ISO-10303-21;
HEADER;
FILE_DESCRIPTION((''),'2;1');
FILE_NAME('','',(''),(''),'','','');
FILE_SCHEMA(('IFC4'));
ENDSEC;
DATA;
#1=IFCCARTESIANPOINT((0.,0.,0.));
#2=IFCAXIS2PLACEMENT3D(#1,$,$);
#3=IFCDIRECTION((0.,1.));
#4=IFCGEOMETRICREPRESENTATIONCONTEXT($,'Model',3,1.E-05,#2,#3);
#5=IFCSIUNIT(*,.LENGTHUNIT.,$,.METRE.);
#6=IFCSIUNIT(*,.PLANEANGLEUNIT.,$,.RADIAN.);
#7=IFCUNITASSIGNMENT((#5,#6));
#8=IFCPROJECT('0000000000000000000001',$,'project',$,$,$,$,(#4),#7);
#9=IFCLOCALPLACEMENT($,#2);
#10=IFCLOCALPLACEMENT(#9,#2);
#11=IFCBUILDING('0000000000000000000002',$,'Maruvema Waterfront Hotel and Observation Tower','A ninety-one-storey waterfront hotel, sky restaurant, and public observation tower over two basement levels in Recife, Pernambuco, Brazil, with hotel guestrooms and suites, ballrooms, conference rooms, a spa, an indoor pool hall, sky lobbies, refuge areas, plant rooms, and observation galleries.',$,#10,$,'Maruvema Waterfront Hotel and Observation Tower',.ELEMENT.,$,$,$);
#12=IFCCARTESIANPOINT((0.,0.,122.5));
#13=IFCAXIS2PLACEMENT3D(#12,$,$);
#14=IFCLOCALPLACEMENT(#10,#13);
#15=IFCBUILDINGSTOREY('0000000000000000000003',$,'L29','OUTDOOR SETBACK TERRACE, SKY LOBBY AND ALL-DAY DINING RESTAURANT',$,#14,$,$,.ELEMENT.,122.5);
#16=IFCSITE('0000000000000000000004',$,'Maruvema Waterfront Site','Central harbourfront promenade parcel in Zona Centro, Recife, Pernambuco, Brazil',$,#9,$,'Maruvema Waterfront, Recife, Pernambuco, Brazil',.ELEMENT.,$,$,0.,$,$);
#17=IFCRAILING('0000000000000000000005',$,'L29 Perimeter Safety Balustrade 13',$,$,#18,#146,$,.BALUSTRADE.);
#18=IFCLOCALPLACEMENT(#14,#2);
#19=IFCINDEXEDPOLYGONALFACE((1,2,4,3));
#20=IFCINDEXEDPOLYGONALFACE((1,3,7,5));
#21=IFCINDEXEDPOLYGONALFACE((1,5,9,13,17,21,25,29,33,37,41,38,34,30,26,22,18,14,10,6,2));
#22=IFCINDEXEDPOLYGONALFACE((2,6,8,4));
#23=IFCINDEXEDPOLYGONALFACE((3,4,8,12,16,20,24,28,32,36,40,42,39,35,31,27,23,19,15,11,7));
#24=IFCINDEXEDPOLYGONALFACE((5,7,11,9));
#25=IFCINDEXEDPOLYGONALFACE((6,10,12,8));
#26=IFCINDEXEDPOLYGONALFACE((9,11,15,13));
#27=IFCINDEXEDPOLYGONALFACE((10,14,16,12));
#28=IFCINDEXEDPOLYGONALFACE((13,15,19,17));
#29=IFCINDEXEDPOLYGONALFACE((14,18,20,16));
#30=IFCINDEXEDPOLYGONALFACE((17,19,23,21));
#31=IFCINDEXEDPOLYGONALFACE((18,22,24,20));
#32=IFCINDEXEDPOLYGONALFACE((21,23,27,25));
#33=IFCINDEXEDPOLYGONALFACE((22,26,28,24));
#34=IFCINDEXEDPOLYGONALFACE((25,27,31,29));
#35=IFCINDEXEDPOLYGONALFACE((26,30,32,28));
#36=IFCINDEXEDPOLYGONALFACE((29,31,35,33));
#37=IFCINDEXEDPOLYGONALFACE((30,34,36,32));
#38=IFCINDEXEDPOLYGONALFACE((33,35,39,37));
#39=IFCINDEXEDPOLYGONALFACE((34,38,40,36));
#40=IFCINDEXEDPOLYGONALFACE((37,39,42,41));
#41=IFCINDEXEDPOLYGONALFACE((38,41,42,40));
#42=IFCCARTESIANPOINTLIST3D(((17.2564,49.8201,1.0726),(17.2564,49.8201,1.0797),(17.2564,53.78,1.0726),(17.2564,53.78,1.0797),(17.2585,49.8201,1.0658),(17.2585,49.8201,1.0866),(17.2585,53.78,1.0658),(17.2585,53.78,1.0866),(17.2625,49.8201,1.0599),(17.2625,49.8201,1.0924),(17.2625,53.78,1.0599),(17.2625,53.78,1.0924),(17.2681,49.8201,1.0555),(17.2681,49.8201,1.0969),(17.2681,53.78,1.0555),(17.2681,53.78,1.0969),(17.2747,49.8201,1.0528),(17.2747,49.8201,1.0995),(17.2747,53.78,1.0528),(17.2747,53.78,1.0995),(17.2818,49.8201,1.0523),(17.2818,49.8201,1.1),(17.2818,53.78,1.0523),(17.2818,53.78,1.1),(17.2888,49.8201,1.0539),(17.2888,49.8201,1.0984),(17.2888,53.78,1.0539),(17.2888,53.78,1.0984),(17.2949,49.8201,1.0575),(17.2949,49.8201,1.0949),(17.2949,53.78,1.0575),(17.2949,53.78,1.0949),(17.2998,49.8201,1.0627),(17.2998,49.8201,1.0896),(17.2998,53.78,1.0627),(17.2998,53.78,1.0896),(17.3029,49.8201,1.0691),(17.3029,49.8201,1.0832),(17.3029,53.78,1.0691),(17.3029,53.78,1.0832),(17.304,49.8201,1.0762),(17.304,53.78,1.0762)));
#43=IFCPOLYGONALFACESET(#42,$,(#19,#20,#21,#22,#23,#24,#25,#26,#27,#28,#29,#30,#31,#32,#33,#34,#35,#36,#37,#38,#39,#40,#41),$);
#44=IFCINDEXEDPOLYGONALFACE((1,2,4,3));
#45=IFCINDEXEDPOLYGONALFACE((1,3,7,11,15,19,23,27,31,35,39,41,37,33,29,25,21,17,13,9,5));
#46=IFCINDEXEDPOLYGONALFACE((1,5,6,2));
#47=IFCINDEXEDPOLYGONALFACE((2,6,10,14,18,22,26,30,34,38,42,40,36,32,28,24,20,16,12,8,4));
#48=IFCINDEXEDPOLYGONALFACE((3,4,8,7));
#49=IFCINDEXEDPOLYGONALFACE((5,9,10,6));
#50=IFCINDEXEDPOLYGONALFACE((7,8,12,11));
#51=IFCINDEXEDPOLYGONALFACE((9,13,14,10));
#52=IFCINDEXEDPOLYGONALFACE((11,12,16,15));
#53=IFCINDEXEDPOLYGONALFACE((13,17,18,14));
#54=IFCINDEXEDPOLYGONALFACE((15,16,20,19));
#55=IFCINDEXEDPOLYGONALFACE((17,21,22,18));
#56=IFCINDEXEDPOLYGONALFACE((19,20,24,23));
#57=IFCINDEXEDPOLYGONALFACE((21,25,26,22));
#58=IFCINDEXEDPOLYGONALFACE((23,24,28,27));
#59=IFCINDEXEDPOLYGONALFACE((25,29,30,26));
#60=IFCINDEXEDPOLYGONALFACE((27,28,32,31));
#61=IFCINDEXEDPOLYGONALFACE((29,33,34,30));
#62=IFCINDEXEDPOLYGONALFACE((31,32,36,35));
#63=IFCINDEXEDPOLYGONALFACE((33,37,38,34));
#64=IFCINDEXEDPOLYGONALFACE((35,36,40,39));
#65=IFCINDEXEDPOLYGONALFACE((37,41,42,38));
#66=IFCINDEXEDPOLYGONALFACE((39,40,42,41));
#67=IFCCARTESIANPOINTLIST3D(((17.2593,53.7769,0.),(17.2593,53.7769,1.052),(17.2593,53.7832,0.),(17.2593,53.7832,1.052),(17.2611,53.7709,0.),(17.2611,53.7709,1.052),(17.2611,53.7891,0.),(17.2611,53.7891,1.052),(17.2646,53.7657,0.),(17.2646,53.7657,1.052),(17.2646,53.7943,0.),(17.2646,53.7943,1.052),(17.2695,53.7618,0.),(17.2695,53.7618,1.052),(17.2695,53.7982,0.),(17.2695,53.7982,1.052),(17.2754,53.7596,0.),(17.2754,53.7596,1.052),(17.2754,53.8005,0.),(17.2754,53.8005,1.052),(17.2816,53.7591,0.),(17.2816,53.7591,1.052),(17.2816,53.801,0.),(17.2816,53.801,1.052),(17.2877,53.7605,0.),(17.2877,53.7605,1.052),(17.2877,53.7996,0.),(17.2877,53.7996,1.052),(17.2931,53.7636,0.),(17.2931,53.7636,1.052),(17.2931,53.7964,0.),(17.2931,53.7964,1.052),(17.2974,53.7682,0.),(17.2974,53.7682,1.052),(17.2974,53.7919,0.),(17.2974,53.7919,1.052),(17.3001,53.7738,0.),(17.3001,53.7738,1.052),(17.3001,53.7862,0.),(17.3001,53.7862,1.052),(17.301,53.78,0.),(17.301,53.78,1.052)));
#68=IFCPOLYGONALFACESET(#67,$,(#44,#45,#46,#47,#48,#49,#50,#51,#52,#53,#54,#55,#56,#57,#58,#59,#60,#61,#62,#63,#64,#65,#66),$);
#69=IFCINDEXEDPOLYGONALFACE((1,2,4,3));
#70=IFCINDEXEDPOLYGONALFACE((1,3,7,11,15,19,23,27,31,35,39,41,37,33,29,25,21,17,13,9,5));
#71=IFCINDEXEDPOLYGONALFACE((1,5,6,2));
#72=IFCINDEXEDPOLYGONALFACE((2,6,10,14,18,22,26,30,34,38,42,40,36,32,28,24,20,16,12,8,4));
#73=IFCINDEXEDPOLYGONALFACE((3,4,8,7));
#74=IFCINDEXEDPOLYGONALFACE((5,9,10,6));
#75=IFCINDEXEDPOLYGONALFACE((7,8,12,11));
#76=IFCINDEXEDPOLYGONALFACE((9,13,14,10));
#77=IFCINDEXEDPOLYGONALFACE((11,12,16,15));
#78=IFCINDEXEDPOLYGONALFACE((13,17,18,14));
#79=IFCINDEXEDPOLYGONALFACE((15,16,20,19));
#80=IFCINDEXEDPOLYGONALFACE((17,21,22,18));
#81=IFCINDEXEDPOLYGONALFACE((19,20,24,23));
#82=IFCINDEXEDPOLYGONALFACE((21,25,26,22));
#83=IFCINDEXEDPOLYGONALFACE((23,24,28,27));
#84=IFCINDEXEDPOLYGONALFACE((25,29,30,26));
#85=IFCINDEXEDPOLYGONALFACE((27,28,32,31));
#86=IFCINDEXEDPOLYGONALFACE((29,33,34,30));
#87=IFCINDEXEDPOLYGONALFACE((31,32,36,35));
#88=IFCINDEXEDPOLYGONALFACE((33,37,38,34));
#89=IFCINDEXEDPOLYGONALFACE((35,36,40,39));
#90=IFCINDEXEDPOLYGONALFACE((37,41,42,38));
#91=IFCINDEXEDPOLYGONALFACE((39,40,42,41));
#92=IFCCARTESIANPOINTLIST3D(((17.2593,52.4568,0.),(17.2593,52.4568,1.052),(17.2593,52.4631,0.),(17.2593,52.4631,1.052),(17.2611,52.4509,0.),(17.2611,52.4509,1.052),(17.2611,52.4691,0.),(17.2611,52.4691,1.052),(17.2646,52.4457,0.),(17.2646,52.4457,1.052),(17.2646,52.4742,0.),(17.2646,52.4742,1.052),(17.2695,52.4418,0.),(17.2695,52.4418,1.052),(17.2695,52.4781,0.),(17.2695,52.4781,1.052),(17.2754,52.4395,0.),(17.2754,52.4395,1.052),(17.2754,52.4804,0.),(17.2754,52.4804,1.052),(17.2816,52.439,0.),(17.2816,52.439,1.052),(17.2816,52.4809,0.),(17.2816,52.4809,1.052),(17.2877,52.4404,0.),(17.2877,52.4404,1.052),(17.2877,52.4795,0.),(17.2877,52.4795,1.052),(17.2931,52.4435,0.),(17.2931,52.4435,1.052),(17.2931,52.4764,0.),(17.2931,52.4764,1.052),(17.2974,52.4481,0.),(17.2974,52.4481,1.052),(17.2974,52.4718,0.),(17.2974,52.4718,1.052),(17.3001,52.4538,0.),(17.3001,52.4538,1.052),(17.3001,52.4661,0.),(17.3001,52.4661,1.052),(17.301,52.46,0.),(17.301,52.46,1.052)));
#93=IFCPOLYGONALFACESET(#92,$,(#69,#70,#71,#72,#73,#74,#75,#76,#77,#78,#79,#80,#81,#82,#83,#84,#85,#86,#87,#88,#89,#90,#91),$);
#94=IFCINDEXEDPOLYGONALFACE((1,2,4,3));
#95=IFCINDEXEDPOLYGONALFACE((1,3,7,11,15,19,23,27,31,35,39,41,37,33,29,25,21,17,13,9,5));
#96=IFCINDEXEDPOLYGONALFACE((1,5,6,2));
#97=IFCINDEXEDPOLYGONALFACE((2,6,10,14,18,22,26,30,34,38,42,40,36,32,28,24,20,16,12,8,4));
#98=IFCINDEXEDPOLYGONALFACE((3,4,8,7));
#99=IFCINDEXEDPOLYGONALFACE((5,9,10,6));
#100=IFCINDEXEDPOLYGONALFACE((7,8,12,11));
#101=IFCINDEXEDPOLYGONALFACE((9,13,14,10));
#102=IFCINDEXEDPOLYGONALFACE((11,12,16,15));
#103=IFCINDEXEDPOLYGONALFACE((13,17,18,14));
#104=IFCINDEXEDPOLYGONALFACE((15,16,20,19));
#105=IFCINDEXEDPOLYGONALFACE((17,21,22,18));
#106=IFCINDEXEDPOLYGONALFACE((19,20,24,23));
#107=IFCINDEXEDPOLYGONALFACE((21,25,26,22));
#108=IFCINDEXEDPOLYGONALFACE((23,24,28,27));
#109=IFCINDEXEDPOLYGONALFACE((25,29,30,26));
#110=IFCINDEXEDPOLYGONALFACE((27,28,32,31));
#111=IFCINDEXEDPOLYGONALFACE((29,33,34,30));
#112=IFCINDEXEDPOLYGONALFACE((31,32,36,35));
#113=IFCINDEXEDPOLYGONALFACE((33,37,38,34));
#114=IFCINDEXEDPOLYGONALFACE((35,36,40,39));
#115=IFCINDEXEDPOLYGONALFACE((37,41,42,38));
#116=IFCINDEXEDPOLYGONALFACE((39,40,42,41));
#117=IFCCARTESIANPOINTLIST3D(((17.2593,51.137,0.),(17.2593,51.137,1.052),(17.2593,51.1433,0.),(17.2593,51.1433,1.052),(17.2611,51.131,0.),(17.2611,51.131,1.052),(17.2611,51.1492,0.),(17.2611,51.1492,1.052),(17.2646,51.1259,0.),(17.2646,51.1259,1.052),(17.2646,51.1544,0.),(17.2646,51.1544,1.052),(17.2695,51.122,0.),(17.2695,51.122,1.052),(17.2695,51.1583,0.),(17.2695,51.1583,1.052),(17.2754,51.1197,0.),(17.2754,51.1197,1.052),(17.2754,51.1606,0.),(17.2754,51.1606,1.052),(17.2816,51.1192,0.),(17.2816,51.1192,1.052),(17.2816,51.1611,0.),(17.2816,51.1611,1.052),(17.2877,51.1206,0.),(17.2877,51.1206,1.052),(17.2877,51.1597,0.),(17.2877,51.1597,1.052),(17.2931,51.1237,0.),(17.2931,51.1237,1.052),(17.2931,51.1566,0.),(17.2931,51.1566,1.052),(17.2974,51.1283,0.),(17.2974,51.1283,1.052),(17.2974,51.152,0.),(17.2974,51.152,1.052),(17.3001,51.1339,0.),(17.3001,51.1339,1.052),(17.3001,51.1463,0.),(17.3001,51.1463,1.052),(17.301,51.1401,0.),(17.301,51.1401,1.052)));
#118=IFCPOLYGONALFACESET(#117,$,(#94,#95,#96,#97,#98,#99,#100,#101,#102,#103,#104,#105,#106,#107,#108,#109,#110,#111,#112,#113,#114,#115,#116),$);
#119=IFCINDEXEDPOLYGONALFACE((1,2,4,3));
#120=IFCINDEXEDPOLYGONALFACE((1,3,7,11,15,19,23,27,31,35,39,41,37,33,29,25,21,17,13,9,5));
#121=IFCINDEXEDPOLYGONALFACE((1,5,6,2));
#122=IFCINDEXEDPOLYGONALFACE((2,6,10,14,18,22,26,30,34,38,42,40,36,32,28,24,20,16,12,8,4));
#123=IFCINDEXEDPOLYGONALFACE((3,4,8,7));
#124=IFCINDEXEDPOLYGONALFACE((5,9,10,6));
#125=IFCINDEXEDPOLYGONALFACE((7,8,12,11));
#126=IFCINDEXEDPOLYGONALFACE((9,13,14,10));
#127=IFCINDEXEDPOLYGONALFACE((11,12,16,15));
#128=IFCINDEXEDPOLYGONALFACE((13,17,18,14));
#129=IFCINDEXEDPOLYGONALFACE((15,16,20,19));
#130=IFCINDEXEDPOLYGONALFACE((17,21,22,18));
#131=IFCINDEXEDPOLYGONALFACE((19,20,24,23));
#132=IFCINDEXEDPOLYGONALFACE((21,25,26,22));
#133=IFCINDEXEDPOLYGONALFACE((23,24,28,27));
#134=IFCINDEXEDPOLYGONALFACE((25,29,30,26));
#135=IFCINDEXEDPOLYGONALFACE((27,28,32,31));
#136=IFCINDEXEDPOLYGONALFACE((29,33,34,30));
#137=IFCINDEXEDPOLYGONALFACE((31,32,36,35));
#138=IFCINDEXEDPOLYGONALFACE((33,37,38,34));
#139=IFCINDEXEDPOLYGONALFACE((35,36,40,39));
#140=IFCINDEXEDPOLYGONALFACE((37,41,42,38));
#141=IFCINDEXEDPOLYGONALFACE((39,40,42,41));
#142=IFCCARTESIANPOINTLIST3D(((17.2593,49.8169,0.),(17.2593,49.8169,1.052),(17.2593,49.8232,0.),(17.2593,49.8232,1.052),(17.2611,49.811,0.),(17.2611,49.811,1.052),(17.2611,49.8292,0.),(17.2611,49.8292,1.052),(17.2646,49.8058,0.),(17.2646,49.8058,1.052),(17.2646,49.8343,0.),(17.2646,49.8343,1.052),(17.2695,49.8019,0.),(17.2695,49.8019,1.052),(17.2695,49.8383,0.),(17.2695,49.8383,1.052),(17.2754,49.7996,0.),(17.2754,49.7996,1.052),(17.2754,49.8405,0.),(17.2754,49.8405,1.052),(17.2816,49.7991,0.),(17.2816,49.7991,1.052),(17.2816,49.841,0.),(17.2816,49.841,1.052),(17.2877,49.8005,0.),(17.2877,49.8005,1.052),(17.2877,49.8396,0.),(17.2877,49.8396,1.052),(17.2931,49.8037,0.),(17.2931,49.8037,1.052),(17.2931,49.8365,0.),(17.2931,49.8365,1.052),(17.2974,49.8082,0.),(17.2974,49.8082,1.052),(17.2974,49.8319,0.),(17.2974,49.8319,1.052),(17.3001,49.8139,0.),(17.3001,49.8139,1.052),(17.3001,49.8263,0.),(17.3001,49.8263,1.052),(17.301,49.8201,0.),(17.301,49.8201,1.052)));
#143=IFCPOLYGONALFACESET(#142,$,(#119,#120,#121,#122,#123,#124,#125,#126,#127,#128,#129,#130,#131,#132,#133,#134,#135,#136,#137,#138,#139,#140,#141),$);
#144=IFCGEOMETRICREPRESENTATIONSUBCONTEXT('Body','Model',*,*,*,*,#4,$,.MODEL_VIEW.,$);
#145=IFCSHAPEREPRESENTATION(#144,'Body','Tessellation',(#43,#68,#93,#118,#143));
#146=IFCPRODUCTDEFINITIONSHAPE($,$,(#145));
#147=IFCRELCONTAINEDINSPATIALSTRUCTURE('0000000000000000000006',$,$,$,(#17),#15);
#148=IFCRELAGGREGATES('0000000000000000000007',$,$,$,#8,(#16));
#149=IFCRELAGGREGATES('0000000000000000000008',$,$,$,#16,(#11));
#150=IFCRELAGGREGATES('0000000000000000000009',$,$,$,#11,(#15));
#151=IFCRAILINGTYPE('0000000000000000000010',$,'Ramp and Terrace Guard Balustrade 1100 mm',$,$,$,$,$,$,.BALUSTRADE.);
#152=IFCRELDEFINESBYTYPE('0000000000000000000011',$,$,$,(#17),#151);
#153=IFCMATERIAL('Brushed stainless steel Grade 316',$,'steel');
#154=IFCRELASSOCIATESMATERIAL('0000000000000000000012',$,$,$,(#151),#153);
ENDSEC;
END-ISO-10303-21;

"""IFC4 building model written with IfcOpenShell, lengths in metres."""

from ifc_helpers import new_model, si_unit, direction, frame, origin, origin_2d, place, context, subcontext, project, spatial, circle, extrude, material, type_object, element, save


model = new_model("IFC4")

# Units and contexts
model_context = context("Model", 3, precision=1e-05, world=origin(), true_north=direction((0.0, 1.0)))
body_context = subcontext(model_context, "Body", "Model", "MODEL_VIEW")
ifc_project = project(units=[si_unit("LENGTHUNIT", "METRE"), si_unit("PLANEANGLEUNIT", "RADIAN")], contexts=[model_context])

# Site, building, storey
site_placement = place(None, origin())
site = spatial("IfcSite", under=ifc_project, at=site_placement, Name="Maruvema Waterfront Site", Description="Central harbourfront promenade parcel in Zona Centro, Recife, Pernambuco, Brazil", LongName="Maruvema Waterfront, Recife, Pernambuco, Brazil", CompositionType="ELEMENT", RefElevation=0.0)
building_placement = place(site_placement, origin())
building = spatial("IfcBuilding", under=site, at=building_placement, Name="Maruvema Waterfront Hotel and Observation Tower", Description="A ninety-one-storey waterfront hotel, sky restaurant, and public observation tower over two basement levels in Recife, Pernambuco, Brazil, with hotel guestrooms and suites, ballrooms, conference rooms, a spa, an indoor pool hall, sky lobbies, refuge areas, plant rooms, and observation galleries.", LongName="Maruvema Waterfront Hotel and Observation Tower", CompositionType="ELEMENT")
storey_placement = place(building_placement, frame((0.0, 0.0, 122.5)))
storey = spatial("IfcBuildingStorey", under=building, at=storey_placement, Name="L29", Description="OUTDOOR SETBACK TERRACE, SKY LOBBY AND ALL-DAY DINING RESTAURANT", CompositionType="ELEMENT", Elevation=122.5)

# Railing
ifc_material_1 = material(Name="Brushed stainless steel Grade 316", Category="steel")
railing_type = type_object("IfcRailingType", Name="Ramp and Terrace Guard Balustrade 1100 mm", PredefinedType="BALUSTRADE", material=ifc_material_1)
railing_1_placement = place(storey_placement, frame((17.28, 53.78, 0.0)))
element("IfcRailing", 1, at=railing_1_placement, inside=storey, type_object=railing_type, Name="L29 Perimeter Safety Balustrade 13", PredefinedType="BALUSTRADE", context=body_context, shape_type="SweptSolid", body=[
    extrude(circle(Radius=0.0239, at=origin_2d()), frame((0.0, 0.0, 1.0762), z_axis=(0.0, -1.0, 0.0), x_axis=(1.0, 0.0, 0.0)), (0.0, 0.0, 1.0), 3.96),
    extrude(circle(Radius=0.021, at=origin_2d()), origin(), (0.0, 0.0, 1.0), 1.052),
    extrude(circle(Radius=0.021, at=origin_2d()), frame((0.0, -1.3201, 0.0)), (0.0, 0.0, 1.0), 1.052),
    extrude(circle(Radius=0.021, at=origin_2d()), frame((0.0, -2.6399, 0.0)), (0.0, 0.0, 1.0), 1.052),
    extrude(circle(Radius=0.021, at=origin_2d()), frame((0.0, -3.96, 0.0)), (0.0, 0.0, 1.0), 1.052),
])

save(model, "model.ifc")
